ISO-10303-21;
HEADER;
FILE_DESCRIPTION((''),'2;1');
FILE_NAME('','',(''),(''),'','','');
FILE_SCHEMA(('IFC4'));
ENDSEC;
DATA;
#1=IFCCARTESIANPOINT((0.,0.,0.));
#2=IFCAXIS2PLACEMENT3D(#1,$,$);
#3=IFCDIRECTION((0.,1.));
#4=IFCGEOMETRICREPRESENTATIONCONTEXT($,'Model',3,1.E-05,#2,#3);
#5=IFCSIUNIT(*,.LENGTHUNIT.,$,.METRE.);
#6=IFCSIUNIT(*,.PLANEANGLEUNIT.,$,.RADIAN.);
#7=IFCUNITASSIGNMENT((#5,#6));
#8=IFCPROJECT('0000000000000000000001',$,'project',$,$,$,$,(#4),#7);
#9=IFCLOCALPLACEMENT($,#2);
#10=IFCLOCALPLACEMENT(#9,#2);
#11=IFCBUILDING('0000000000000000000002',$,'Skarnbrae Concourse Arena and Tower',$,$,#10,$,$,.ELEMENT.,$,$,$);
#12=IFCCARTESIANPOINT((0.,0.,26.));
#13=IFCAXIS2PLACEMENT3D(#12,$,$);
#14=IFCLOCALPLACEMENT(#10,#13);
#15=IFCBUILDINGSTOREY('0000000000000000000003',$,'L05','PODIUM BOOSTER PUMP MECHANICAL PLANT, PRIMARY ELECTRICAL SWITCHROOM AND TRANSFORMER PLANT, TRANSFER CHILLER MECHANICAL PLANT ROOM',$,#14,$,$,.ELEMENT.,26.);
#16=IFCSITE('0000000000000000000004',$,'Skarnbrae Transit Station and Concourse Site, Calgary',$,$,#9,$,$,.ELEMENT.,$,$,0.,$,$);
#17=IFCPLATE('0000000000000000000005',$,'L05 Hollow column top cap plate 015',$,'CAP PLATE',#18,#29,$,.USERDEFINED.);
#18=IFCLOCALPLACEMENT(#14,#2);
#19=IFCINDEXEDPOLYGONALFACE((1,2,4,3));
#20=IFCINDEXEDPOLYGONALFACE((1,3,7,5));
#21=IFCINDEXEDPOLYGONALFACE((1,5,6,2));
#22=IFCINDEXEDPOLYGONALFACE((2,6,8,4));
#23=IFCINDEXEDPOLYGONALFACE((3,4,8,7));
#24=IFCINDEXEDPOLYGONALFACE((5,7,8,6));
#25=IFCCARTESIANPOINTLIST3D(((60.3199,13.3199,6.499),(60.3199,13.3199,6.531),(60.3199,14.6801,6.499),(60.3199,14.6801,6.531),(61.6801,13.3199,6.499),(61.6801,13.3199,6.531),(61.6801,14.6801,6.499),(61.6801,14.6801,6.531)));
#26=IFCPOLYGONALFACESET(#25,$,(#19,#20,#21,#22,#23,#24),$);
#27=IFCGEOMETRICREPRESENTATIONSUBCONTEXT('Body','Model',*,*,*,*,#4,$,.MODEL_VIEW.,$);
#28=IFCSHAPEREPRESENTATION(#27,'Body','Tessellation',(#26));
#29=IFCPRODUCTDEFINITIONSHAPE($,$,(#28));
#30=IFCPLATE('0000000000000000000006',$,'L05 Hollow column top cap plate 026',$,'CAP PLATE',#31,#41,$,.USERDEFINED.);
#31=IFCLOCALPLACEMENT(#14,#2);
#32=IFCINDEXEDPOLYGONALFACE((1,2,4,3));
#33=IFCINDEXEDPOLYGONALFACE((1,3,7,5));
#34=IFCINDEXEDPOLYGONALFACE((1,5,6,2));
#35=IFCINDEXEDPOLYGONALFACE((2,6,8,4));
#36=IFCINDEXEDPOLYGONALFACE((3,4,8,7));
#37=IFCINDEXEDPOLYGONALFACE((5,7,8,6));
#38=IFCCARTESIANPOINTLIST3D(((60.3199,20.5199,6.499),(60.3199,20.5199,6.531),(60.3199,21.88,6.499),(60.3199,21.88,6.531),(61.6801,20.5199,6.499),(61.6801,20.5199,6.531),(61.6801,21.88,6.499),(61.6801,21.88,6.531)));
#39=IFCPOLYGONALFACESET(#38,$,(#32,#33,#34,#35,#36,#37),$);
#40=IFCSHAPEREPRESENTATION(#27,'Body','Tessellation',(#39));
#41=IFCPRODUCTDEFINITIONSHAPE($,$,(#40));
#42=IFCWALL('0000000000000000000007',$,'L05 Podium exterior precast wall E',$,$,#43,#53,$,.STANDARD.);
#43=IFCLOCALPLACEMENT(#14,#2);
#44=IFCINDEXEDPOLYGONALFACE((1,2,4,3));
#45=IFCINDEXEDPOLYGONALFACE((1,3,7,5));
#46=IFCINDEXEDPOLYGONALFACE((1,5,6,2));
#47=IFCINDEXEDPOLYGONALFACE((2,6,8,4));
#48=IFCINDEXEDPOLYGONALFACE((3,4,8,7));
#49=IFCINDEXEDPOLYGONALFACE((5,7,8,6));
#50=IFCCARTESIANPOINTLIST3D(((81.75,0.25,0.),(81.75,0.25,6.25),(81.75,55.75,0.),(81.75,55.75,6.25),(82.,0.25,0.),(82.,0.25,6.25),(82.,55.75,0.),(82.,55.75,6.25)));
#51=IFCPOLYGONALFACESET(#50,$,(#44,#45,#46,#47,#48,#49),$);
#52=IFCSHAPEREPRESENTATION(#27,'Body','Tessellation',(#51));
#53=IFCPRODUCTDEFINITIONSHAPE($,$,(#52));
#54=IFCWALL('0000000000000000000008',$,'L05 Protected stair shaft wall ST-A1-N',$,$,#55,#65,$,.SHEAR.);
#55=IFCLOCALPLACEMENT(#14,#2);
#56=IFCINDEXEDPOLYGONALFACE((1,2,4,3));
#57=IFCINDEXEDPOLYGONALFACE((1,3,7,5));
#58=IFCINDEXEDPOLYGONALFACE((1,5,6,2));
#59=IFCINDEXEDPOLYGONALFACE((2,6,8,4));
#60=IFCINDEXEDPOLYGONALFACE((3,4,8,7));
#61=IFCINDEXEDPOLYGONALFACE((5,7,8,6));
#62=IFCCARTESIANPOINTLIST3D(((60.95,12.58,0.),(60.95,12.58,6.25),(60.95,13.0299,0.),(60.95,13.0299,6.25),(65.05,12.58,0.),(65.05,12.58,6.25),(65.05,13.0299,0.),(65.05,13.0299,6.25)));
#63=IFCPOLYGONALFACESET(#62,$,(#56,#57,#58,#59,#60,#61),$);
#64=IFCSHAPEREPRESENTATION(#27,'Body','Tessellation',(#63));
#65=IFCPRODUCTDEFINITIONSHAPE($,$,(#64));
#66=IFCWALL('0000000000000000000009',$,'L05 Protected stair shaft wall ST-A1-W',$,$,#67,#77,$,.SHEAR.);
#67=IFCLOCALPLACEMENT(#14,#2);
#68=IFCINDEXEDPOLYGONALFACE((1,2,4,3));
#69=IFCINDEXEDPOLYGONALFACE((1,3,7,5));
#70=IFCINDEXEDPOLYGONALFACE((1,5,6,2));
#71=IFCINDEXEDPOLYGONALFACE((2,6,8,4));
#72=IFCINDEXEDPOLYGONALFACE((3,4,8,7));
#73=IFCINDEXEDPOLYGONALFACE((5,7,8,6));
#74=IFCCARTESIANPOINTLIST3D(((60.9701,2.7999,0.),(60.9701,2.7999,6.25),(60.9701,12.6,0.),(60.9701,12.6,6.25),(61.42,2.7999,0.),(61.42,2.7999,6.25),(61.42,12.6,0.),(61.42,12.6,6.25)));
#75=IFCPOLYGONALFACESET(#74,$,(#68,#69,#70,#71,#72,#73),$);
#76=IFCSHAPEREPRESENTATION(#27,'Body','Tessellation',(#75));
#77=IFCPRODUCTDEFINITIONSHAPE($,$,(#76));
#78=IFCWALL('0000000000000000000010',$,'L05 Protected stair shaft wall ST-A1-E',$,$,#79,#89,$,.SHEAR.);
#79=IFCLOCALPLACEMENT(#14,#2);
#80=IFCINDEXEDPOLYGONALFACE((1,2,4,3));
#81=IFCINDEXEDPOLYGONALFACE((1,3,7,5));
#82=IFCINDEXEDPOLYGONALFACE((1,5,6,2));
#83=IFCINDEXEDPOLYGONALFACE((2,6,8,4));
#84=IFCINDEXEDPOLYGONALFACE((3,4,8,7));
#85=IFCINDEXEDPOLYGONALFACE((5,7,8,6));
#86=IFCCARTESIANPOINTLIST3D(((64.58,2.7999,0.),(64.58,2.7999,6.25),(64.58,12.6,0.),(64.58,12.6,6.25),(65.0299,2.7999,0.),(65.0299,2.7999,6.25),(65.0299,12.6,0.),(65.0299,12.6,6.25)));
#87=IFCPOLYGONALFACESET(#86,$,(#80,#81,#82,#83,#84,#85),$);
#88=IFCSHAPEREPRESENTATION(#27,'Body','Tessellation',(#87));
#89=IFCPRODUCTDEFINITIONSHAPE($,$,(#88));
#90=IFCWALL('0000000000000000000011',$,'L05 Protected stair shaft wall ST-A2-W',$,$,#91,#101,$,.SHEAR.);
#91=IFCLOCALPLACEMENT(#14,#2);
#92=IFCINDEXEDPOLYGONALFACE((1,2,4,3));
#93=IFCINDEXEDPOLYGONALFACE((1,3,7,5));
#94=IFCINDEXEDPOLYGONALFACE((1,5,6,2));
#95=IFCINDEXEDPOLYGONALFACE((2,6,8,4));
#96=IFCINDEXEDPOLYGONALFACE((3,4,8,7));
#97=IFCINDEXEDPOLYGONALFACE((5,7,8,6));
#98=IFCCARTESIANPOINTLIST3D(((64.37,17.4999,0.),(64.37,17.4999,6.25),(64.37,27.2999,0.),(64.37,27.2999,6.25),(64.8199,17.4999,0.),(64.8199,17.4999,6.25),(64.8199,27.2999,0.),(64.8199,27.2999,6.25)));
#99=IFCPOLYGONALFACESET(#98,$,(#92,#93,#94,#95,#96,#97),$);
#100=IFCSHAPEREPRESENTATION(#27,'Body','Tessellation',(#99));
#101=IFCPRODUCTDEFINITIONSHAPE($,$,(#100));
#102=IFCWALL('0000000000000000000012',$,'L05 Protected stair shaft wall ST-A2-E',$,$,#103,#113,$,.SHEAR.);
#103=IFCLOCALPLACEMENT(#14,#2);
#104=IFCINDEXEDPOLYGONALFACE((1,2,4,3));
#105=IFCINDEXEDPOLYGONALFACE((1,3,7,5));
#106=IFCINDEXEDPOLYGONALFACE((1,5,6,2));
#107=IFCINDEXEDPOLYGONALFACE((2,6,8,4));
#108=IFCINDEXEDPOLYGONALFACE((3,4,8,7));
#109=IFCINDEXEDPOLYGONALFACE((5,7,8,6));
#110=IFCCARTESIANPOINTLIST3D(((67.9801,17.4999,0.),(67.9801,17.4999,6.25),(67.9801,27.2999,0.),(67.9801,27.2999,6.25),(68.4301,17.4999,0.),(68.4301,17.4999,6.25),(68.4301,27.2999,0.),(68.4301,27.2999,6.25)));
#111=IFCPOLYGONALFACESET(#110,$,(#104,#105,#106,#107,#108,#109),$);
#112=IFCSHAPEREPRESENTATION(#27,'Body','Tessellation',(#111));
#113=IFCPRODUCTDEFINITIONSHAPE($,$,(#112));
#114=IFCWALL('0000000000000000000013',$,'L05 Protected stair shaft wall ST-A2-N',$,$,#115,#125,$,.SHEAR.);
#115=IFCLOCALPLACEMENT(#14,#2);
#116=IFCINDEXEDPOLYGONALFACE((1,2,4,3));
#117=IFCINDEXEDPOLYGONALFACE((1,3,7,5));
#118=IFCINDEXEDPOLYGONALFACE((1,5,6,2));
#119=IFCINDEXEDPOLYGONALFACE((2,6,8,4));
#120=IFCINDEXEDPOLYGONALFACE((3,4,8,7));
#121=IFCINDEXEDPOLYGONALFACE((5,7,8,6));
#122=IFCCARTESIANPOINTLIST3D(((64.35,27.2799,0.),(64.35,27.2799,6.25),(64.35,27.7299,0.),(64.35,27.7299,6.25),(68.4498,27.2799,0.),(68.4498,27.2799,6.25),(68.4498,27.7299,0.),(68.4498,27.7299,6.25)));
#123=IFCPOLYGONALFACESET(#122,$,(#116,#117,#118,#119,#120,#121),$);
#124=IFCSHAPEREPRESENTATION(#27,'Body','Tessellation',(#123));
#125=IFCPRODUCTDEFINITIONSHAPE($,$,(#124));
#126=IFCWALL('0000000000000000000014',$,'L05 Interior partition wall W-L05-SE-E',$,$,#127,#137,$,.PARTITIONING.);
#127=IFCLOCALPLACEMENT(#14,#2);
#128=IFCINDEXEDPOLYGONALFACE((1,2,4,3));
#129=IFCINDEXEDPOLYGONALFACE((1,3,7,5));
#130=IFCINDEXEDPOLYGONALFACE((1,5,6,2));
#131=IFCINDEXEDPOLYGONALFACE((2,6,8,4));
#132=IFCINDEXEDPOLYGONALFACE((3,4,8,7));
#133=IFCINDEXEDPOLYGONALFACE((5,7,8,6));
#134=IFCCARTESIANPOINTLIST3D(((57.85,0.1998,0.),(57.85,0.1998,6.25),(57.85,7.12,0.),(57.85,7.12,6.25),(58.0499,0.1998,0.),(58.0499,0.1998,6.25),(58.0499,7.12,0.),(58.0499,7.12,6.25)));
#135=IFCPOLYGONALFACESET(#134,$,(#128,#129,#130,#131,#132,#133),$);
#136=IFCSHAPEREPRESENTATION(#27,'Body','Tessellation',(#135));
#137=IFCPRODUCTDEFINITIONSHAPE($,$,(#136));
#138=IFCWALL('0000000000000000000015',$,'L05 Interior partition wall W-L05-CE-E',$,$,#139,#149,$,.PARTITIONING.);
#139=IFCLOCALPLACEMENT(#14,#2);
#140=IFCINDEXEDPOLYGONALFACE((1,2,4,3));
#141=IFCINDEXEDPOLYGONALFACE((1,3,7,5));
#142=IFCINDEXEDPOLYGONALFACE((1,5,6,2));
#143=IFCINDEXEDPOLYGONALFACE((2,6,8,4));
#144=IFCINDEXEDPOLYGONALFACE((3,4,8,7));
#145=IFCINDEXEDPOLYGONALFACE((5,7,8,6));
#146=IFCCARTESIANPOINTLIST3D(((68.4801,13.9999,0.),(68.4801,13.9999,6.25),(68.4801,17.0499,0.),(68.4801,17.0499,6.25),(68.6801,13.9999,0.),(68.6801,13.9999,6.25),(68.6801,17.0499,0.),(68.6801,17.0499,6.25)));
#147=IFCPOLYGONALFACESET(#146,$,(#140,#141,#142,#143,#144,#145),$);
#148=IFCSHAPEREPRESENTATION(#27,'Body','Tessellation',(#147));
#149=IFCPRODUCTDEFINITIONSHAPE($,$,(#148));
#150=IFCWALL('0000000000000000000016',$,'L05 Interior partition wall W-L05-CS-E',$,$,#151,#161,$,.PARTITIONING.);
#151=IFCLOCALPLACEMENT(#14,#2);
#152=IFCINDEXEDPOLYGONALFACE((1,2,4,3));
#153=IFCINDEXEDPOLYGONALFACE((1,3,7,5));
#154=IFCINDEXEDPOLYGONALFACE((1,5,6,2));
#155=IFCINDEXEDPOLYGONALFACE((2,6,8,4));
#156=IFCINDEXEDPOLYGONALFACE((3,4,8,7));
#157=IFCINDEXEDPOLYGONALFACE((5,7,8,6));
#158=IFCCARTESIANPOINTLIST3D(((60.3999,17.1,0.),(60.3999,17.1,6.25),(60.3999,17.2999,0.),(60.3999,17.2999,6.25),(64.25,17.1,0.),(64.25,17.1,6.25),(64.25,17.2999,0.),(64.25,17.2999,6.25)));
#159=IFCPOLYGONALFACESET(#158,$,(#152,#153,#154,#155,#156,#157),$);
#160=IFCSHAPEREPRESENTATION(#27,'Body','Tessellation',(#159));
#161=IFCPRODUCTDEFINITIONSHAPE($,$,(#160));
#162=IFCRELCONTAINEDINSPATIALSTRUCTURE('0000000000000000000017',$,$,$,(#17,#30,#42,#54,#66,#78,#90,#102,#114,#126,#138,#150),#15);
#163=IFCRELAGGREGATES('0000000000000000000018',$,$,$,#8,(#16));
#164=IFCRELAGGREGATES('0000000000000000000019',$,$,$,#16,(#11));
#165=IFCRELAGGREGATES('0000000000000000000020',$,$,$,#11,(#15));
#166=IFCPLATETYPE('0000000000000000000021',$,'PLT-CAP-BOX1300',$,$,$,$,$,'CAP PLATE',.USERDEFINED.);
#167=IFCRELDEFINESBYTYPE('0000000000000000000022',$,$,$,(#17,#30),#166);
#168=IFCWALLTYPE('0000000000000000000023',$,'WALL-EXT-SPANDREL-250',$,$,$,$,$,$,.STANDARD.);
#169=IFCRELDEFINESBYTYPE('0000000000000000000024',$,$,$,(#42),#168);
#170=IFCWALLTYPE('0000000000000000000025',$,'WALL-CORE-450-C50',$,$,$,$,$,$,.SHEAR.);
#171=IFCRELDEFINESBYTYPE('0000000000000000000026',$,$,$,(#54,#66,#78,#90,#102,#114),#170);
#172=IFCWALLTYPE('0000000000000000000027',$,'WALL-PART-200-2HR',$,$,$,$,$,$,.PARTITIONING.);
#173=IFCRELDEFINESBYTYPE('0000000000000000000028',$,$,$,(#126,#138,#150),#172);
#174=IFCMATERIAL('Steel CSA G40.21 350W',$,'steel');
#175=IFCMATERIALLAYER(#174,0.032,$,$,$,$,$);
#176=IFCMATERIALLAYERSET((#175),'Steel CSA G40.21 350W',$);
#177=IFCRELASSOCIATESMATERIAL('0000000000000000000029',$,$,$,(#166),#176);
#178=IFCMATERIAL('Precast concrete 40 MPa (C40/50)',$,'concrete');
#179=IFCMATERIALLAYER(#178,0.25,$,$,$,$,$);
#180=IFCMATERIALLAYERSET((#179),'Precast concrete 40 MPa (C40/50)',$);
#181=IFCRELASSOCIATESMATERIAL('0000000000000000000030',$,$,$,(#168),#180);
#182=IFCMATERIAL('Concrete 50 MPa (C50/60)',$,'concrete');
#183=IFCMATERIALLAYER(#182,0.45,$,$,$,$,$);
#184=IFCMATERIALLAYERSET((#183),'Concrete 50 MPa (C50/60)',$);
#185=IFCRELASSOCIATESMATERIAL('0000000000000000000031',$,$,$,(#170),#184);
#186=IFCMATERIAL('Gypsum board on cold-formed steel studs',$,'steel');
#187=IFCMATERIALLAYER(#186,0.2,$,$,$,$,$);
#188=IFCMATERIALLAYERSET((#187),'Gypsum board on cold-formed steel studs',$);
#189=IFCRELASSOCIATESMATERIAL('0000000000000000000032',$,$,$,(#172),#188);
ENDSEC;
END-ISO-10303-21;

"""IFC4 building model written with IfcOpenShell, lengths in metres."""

from ifc_helpers import new_model, si_unit, direction, frame, frame_2d, origin, origin_2d, place, context, subcontext, project, spatial, rectangle, extrude, source, transform, mapped, material, layer, layer_set, type_object, element, save


model = new_model("IFC4")

# Units and contexts
model_context = context("Model", 3, precision=1e-05, world=origin(), true_north=direction((0.0, 1.0)))
body_context = subcontext(model_context, "Body", "Model", "MODEL_VIEW")
ifc_project = project(units=[si_unit("LENGTHUNIT", "METRE"), si_unit("PLANEANGLEUNIT", "RADIAN")], contexts=[model_context])

# Site, building, storey
site_placement = place(None, origin())
site = spatial("IfcSite", under=ifc_project, at=site_placement, Name="Skarnbrae Transit Station and Concourse Site, Calgary", CompositionType="ELEMENT", RefElevation=0.0)
building_placement = place(site_placement, origin())
building = spatial("IfcBuilding", under=site, at=building_placement, Name="Skarnbrae Concourse Arena and Tower", CompositionType="ELEMENT")
storey_placement = place(building_placement, frame((0.0, 0.0, 26.0)))
storey = spatial("IfcBuildingStorey", under=building, at=storey_placement, Name="L05", Description="PODIUM BOOSTER PUMP MECHANICAL PLANT, PRIMARY ELECTRICAL SWITCHROOM AND TRANSFORMER PLANT, TRANSFER CHILLER MECHANICAL PLANT ROOM", CompositionType="ELEMENT", Elevation=26.0)

# Shared definitions
ifc_material_1 = material(Name="Steel CSA G40.21 350W", Category="steel")

# Plates
ifc_layer_1 = layer(ifc_material_1, 0.032)
ifc_layer_set_1 = layer_set([ifc_layer_1], Name="Steel CSA G40.21 350W")
plate_type_1 = type_object("IfcPlateType", Name="PLT-CAP-BOX1300", ElementType="CAP PLATE", PredefinedType="USERDEFINED", material=ifc_layer_set_1)
shared_shape_1 = source(origin(), body_context, "Body", "SweptSolid", [
    extrude(rectangle(XDim=1.3601, YDim=1.3601, at=origin_2d()), origin(), (0.0, 0.0, 1.0), 0.032),
])
for number, where, z_axis, x_axis, name in (
    (1, (61.0, 14.0, 6.499), (0.0, 0.0, 1.0), (1.0, 0.0, 0.0), "L05 Hollow column top cap plate 015"),
    (2, (61.0, 21.2, 6.499), (0.0, 0.0, 1.0), (1.0, 0.0, 0.0), "L05 Hollow column top cap plate 026"),
):
    element("IfcPlate", number, at=place(storey_placement, frame(where, z_axis=z_axis, x_axis=x_axis)), inside=storey, type_object=plate_type_1, Name=name, ObjectType="CAP PLATE", PredefinedType="USERDEFINED", context=body_context, shape_type="MappedRepresentation", body=[
        mapped(shared_shape_1, transform((0.0, 0.0, 0.0))),
    ])

# Wall
ifc_material_2 = material(Name="Precast concrete 40 MPa (C40/50)", Category="concrete")
ifc_layer_2 = layer(ifc_material_2, 0.25)
ifc_layer_set_2 = layer_set([ifc_layer_2], Name="Precast concrete 40 MPa (C40/50)")
wall_type_1 = type_object("IfcWallType", Name="WALL-EXT-SPANDREL-250", PredefinedType="STANDARD", material=ifc_layer_set_2)
shared_shape_2 = source(origin(), body_context, "Body", "SweptSolid", [
    extrude(rectangle(XDim=55.5, YDim=0.25, at=frame_2d((27.75, 0.0))), origin(), (0.0, 0.0, 1.0), 6.25),
])
wall_1_placement = place(storey_placement, frame((81.875, 0.25, 0.0), z_axis=(0.0, 0.0, 1.0), x_axis=(0.0, 1.0, 0.0)))
element("IfcWall", 3, at=wall_1_placement, inside=storey, type_object=wall_type_1, Name="L05 Podium exterior precast wall E", PredefinedType="STANDARD", context=body_context, shape_type="MappedRepresentation", body=[
    mapped(shared_shape_2, transform((0.0, 0.0, 0.0))),
])

# Shared definitions
ifc_material_3 = material(Name="Concrete 50 MPa (C50/60)", Category="concrete")
ifc_layer_3 = layer(ifc_material_3, 0.45)
ifc_layer_set_3 = layer_set([ifc_layer_3], Name="Concrete 50 MPa (C50/60)")
wall_type_2 = type_object("IfcWallType", Name="WALL-CORE-450-C50", PredefinedType="SHEAR", material=ifc_layer_set_3)
shared_shape_3 = source(origin(), body_context, "Body", "SweptSolid", [
    extrude(rectangle(XDim=4.1001, YDim=0.45, at=frame_2d((2.05, 0.0))), origin(), (0.0, 0.0, 1.0), 6.25),
])

# Walls
wall_2_placement = place(storey_placement, frame((60.95, 12.8049, 0.0), z_axis=(0.0, 0.0, 1.0), x_axis=(1.0, 0.0, 0.0)))
element("IfcWall", 4, at=wall_2_placement, inside=storey, type_object=wall_type_2, Name="L05 Protected stair shaft wall ST-A1-N", PredefinedType="SHEAR", context=body_context, shape_type="MappedRepresentation", body=[
    mapped(shared_shape_3, transform((0.0, 0.0, 0.0))),
])
shared_shape_4 = source(origin(), body_context, "Body", "SweptSolid", [
    extrude(rectangle(XDim=9.8, YDim=0.45, at=frame_2d((4.8999, 0.0))), origin(), (0.0, 0.0, 1.0), 6.25),
])
for number, where, z_axis, x_axis, name in (
    (5, (61.1951, 2.8, 0.0), (0.0, 0.0, 1.0), (0.0, 1.0, 0.0), "L05 Protected stair shaft wall ST-A1-W"),
    (6, (64.8049, 2.8, 0.0), (0.0, 0.0, 1.0), (0.0, 1.0, 0.0), "L05 Protected stair shaft wall ST-A1-E"),
    (7, (64.595, 17.5, 0.0), (0.0, 0.0, 1.0), (0.0, 1.0, 0.0), "L05 Protected stair shaft wall ST-A2-W"),
    (8, (68.2051, 17.5, 0.0), (0.0, 0.0, 1.0), (0.0, 1.0, 0.0), "L05 Protected stair shaft wall ST-A2-E"),
):
    element("IfcWall", number, at=place(storey_placement, frame(where, z_axis=z_axis, x_axis=x_axis)), inside=storey, type_object=wall_type_2, Name=name, PredefinedType="SHEAR", context=body_context, shape_type="MappedRepresentation", body=[
        mapped(shared_shape_4, transform((0.0, 0.0, 0.0))),
    ])

# Shared definitions
shared_shape_5 = source(origin(), body_context, "Body", "SweptSolid", [
    extrude(rectangle(XDim=4.0999, YDim=0.45, at=frame_2d((2.0498, 0.0))), origin(), (0.0, 0.0, 1.0), 6.25),
])

# Walls
wall_3_placement = place(storey_placement, frame((64.3501, 27.5049, 0.0), z_axis=(0.0, 0.0, 1.0), x_axis=(1.0, 0.0, 0.0)))
element("IfcWall", 9, at=wall_3_placement, inside=storey, type_object=wall_type_2, Name="L05 Protected stair shaft wall ST-A2-N", PredefinedType="SHEAR", context=body_context, shape_type="MappedRepresentation", body=[
    mapped(shared_shape_5, transform((0.0, 0.0, 0.0))),
])
ifc_material_4 = material(Name="Gypsum board on cold-formed steel studs", Category="steel")
ifc_layer_4 = layer(ifc_material_4, 0.2)
ifc_layer_set_4 = layer_set([ifc_layer_4], Name="Gypsum board on cold-formed steel studs")
wall_type_3 = type_object("IfcWallType", Name="WALL-PART-200-2HR", PredefinedType="PARTITIONING", material=ifc_layer_set_4)
shared_shape_6 = source(origin(), body_context, "Body", "SweptSolid", [
    extrude(rectangle(XDim=6.9202, YDim=0.2, at=frame_2d((3.46, 0.0))), origin(), (0.0, 0.0, 1.0), 6.25),
])
wall_4_placement = place(storey_placement, frame((57.95, 0.2, 0.0), z_axis=(0.0, 0.0, 1.0), x_axis=(0.0, 1.0, 0.0)))
element("IfcWall", 10, at=wall_4_placement, inside=storey, type_object=wall_type_3, Name="L05 Interior partition wall W-L05-SE-E", PredefinedType="PARTITIONING", context=body_context, shape_type="MappedRepresentation", body=[
    mapped(shared_shape_6, transform((0.0, 0.0, 0.0))),
])
shared_shape_7 = source(origin(), body_context, "Body", "SweptSolid", [
    extrude(rectangle(XDim=3.05, YDim=0.2, at=frame_2d((1.5249, 0.0))), origin(), (0.0, 0.0, 1.0), 6.25),
])
wall_5_placement = place(storey_placement, frame((68.5801, 14.0, 0.0), z_axis=(0.0, 0.0, 1.0), x_axis=(0.0, 1.0, 0.0)))
element("IfcWall", 11, at=wall_5_placement, inside=storey, type_object=wall_type_3, Name="L05 Interior partition wall W-L05-CE-E", PredefinedType="PARTITIONING", context=body_context, shape_type="MappedRepresentation", body=[
    mapped(shared_shape_7, transform((0.0, 0.0, 0.0))),
])
shared_shape_8 = source(origin(), body_context, "Body", "SweptSolid", [
    extrude(rectangle(XDim=3.8501, YDim=0.2, at=frame_2d((1.925, 0.0))), origin(), (0.0, 0.0, 1.0), 6.25),
])
wall_6_placement = place(storey_placement, frame((60.3999, 17.2, 0.0), z_axis=(0.0, 0.0, 1.0), x_axis=(1.0, 0.0, 0.0)))
element("IfcWall", 12, at=wall_6_placement, inside=storey, type_object=wall_type_3, Name="L05 Interior partition wall W-L05-CS-E", PredefinedType="PARTITIONING", context=body_context, shape_type="MappedRepresentation", body=[
    mapped(shared_shape_8, transform((0.0, 0.0, 0.0))),
])

save(model, "model.ifc")
